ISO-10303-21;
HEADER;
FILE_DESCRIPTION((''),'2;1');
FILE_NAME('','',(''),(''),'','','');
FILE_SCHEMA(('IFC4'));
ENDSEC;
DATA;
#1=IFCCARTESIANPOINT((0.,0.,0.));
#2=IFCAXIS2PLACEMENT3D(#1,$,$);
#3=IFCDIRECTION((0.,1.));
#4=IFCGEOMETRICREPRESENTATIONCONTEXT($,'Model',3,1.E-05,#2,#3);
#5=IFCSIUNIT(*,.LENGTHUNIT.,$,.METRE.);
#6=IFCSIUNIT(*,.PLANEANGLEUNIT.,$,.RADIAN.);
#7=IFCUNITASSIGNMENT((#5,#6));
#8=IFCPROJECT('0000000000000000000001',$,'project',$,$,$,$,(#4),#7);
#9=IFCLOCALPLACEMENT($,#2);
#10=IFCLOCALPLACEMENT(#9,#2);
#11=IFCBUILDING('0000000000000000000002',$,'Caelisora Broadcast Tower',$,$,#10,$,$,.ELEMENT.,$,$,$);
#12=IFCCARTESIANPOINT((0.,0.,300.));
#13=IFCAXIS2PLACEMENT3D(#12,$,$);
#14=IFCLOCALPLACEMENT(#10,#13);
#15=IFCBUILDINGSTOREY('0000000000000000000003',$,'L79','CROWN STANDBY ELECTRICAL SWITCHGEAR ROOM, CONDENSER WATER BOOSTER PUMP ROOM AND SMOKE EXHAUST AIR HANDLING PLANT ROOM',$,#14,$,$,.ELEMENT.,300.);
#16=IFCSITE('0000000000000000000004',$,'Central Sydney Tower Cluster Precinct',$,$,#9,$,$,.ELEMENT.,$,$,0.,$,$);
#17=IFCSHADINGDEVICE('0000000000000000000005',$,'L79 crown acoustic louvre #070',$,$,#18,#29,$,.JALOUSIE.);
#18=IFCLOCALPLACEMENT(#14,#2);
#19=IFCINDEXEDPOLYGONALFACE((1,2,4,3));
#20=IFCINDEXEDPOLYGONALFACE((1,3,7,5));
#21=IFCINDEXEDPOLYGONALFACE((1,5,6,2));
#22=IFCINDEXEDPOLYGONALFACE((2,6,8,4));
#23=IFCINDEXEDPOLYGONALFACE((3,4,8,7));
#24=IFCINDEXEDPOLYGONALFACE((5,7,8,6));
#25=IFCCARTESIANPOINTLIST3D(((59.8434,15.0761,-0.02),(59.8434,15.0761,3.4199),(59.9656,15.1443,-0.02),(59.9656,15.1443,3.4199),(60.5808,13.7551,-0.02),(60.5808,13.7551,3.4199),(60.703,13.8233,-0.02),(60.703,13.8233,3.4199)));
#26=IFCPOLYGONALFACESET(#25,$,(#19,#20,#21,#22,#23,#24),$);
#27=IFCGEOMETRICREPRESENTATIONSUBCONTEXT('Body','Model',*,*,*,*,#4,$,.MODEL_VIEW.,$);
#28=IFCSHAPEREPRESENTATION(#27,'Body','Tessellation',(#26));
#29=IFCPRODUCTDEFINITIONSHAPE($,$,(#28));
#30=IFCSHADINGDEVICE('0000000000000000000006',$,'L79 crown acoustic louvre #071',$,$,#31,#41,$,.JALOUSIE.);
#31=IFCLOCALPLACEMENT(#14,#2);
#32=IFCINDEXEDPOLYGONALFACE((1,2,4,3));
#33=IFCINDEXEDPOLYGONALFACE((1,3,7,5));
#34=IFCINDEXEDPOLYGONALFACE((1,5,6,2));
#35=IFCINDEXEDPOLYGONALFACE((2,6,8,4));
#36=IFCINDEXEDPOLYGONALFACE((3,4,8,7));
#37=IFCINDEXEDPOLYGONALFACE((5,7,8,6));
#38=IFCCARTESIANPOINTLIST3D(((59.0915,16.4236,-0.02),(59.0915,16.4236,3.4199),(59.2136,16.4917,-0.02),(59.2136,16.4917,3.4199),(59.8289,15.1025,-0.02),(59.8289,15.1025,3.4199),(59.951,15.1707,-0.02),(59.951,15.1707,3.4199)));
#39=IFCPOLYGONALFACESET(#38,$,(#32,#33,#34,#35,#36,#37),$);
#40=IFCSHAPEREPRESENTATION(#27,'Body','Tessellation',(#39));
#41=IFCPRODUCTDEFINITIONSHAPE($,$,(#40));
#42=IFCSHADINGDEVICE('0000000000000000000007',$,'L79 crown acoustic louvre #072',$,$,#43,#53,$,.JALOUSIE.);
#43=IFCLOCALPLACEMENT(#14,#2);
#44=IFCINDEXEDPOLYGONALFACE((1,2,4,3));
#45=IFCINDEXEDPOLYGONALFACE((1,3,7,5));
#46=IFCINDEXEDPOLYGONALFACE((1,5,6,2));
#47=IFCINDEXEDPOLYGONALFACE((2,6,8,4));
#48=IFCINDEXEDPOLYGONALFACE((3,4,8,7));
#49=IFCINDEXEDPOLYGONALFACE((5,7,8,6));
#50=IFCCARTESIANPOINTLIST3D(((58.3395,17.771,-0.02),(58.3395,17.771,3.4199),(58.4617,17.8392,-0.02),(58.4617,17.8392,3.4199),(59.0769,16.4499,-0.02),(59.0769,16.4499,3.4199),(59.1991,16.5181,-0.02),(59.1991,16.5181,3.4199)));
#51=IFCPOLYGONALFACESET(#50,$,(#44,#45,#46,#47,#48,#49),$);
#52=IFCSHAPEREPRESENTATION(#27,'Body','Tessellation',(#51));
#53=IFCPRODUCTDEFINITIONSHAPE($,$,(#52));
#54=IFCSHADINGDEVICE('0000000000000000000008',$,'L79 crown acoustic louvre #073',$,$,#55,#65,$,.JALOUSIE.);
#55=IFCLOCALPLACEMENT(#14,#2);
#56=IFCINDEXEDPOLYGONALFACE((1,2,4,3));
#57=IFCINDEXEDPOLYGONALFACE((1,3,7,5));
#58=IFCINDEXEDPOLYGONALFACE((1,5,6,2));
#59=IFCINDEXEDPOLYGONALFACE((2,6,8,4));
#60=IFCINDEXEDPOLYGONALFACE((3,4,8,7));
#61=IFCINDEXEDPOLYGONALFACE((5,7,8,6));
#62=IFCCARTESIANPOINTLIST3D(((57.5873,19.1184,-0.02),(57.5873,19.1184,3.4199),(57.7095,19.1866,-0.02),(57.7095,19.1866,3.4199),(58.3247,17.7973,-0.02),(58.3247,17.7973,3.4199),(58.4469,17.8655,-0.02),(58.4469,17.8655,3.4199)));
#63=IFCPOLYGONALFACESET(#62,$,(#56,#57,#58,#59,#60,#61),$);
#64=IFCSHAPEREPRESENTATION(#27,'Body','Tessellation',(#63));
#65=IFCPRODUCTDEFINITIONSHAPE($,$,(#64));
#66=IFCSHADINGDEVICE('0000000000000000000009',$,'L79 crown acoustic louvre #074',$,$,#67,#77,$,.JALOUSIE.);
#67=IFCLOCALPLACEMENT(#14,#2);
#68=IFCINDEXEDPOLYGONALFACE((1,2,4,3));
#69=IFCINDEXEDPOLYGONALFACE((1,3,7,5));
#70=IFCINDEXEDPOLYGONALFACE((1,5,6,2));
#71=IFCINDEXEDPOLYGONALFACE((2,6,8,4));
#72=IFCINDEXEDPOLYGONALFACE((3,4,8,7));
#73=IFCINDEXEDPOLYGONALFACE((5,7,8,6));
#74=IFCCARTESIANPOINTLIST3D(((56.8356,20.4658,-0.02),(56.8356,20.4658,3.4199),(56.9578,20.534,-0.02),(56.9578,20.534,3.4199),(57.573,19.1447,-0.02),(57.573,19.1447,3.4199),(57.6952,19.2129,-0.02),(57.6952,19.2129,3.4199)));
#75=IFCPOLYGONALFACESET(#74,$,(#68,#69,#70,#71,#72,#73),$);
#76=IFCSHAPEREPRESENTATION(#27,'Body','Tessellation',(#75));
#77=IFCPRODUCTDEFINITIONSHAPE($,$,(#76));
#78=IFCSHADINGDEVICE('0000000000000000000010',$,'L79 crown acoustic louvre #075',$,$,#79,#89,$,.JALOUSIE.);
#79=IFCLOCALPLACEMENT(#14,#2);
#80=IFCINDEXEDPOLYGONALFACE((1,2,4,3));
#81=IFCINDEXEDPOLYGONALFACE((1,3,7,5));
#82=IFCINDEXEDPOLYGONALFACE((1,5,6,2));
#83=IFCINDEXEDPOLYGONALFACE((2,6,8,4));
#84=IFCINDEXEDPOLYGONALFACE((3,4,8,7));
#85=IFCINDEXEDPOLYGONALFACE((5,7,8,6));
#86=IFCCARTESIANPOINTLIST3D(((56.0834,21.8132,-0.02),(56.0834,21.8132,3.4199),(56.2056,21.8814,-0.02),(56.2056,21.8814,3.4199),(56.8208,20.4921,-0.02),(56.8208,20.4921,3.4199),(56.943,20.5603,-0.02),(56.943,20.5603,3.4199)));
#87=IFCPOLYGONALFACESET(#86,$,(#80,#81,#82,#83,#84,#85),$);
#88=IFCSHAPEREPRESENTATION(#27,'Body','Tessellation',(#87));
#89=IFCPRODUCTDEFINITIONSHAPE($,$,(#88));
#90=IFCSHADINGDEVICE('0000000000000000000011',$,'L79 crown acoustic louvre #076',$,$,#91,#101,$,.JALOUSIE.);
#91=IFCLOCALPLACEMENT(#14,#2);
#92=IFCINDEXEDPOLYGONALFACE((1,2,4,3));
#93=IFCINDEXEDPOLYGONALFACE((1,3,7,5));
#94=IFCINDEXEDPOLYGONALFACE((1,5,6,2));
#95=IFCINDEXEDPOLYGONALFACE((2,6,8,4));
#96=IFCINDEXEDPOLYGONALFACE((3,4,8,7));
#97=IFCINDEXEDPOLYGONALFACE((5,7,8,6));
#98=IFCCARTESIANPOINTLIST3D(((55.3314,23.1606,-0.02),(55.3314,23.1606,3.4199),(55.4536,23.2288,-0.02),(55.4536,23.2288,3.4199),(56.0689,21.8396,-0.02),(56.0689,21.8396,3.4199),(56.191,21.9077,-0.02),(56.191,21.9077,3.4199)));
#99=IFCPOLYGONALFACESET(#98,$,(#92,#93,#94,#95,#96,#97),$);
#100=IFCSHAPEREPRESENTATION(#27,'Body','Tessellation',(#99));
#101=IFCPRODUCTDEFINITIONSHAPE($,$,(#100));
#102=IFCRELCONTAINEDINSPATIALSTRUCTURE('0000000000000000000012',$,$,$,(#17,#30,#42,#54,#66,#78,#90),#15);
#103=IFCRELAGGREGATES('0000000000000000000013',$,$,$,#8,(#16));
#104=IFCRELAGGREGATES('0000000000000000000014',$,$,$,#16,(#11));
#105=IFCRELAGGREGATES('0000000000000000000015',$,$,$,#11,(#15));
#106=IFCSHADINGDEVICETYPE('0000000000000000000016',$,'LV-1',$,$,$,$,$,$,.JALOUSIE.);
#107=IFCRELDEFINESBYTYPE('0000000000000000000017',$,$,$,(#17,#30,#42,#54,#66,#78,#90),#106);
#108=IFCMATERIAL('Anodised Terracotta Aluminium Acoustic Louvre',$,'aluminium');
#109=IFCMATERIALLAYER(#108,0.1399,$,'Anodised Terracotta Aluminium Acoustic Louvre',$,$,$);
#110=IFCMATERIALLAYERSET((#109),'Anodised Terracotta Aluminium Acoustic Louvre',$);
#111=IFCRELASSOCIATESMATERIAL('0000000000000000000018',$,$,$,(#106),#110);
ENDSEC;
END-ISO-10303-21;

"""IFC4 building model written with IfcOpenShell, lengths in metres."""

from ifc_helpers import new_model, si_unit, direction, frame, origin, origin_2d, place, context, subcontext, project, spatial, rectangle, extrude, source, transform, mapped, material, layer, layer_set, type_object, type_shapes, element, save


model = new_model("IFC4")

# Units and contexts
model_context = context("Model", 3, precision=1e-05, world=origin(), true_north=direction((0.0, 1.0)))
body_context = subcontext(model_context, "Body", "Model", "MODEL_VIEW")
ifc_project = project(units=[si_unit("LENGTHUNIT", "METRE"), si_unit("PLANEANGLEUNIT", "RADIAN")], contexts=[model_context])

# Site, building, storey
site_placement = place(None, origin())
site = spatial("IfcSite", under=ifc_project, at=site_placement, Name="Central Sydney Tower Cluster Precinct", CompositionType="ELEMENT", RefElevation=0.0)
building_placement = place(site_placement, origin())
building = spatial("IfcBuilding", under=site, at=building_placement, Name="Caelisora Broadcast Tower", CompositionType="ELEMENT")
storey_placement = place(building_placement, frame((0.0, 0.0, 300.0)))
storey = spatial("IfcBuildingStorey", under=building, at=storey_placement, Name="L79", Description="CROWN STANDBY ELECTRICAL SWITCHGEAR ROOM, CONDENSER WATER BOOSTER PUMP ROOM AND SMOKE EXHAUST AIR HANDLING PLANT ROOM", CompositionType="ELEMENT", Elevation=300.0)

# Shading devices
ifc_material_1 = material(Name="Anodised Terracotta Aluminium Acoustic Louvre", Category="aluminium")
ifc_layer_1 = layer(ifc_material_1, 0.1399, Name="Anodised Terracotta Aluminium Acoustic Louvre")
ifc_layer_set_1 = layer_set([ifc_layer_1], Name="Anodised Terracotta Aluminium Acoustic Louvre")
shading_device_type = type_object("IfcShadingDeviceType", Name="LV-1", PredefinedType="JALOUSIE", material=ifc_layer_set_1)
shared_shape_1 = source(origin(), body_context, "Body", "SweptSolid", [
    extrude(rectangle(XDim=1.5129, YDim=0.1399, at=origin_2d()), origin(), (0.0, 0.0, 1.0), 3.4399),
])
type_shapes(shading_device_type, [shared_shape_1])
for number, where, z_axis, x_axis, name in (
    (1, (60.2732, 14.4497, -0.02), (0.0, 0.0, 1.0), (-0.487403, 0.873177, 0.0), "L79 crown acoustic louvre #070"),
    (2, (59.5212, 15.7971, -0.02), (0.0, 0.0, 1.0), (-0.487403, 0.873177, 0.0), "L79 crown acoustic louvre #071"),
    (3, (58.7693, 17.1445, -0.02), (0.0, 0.0, 1.0), (-0.487403, 0.873177, 0.0), "L79 crown acoustic louvre #072"),
    (4, (58.0171, 18.4919, -0.02), (0.0, 0.0, 1.0), (-0.487403, 0.873177, 0.0), "L79 crown acoustic louvre #073"),
    (5, (57.2654, 19.8394, -0.02), (0.0, 0.0, 1.0), (-0.487403, 0.873177, 0.0), "L79 crown acoustic louvre #074"),
    (6, (56.5132, 21.1868, -0.02), (0.0, 0.0, 1.0), (-0.487403, 0.873177, 0.0), "L79 crown acoustic louvre #075"),
    (7, (55.7612, 22.5342, -0.02), (0.0, 0.0, 1.0), (-0.487403, 0.873177, 0.0), "L79 crown acoustic louvre #076"),
):
    element("IfcShadingDevice", number, at=place(storey_placement, frame(where, z_axis=z_axis, x_axis=x_axis)), inside=storey, type_object=shading_device_type, Name=name, PredefinedType="JALOUSIE", context=body_context, shape_type="MappedRepresentation", body=[
        mapped(shared_shape_1, transform((0.0, 0.0, 0.0), scale=1.0)),
    ])

save(model, "model.ifc")
